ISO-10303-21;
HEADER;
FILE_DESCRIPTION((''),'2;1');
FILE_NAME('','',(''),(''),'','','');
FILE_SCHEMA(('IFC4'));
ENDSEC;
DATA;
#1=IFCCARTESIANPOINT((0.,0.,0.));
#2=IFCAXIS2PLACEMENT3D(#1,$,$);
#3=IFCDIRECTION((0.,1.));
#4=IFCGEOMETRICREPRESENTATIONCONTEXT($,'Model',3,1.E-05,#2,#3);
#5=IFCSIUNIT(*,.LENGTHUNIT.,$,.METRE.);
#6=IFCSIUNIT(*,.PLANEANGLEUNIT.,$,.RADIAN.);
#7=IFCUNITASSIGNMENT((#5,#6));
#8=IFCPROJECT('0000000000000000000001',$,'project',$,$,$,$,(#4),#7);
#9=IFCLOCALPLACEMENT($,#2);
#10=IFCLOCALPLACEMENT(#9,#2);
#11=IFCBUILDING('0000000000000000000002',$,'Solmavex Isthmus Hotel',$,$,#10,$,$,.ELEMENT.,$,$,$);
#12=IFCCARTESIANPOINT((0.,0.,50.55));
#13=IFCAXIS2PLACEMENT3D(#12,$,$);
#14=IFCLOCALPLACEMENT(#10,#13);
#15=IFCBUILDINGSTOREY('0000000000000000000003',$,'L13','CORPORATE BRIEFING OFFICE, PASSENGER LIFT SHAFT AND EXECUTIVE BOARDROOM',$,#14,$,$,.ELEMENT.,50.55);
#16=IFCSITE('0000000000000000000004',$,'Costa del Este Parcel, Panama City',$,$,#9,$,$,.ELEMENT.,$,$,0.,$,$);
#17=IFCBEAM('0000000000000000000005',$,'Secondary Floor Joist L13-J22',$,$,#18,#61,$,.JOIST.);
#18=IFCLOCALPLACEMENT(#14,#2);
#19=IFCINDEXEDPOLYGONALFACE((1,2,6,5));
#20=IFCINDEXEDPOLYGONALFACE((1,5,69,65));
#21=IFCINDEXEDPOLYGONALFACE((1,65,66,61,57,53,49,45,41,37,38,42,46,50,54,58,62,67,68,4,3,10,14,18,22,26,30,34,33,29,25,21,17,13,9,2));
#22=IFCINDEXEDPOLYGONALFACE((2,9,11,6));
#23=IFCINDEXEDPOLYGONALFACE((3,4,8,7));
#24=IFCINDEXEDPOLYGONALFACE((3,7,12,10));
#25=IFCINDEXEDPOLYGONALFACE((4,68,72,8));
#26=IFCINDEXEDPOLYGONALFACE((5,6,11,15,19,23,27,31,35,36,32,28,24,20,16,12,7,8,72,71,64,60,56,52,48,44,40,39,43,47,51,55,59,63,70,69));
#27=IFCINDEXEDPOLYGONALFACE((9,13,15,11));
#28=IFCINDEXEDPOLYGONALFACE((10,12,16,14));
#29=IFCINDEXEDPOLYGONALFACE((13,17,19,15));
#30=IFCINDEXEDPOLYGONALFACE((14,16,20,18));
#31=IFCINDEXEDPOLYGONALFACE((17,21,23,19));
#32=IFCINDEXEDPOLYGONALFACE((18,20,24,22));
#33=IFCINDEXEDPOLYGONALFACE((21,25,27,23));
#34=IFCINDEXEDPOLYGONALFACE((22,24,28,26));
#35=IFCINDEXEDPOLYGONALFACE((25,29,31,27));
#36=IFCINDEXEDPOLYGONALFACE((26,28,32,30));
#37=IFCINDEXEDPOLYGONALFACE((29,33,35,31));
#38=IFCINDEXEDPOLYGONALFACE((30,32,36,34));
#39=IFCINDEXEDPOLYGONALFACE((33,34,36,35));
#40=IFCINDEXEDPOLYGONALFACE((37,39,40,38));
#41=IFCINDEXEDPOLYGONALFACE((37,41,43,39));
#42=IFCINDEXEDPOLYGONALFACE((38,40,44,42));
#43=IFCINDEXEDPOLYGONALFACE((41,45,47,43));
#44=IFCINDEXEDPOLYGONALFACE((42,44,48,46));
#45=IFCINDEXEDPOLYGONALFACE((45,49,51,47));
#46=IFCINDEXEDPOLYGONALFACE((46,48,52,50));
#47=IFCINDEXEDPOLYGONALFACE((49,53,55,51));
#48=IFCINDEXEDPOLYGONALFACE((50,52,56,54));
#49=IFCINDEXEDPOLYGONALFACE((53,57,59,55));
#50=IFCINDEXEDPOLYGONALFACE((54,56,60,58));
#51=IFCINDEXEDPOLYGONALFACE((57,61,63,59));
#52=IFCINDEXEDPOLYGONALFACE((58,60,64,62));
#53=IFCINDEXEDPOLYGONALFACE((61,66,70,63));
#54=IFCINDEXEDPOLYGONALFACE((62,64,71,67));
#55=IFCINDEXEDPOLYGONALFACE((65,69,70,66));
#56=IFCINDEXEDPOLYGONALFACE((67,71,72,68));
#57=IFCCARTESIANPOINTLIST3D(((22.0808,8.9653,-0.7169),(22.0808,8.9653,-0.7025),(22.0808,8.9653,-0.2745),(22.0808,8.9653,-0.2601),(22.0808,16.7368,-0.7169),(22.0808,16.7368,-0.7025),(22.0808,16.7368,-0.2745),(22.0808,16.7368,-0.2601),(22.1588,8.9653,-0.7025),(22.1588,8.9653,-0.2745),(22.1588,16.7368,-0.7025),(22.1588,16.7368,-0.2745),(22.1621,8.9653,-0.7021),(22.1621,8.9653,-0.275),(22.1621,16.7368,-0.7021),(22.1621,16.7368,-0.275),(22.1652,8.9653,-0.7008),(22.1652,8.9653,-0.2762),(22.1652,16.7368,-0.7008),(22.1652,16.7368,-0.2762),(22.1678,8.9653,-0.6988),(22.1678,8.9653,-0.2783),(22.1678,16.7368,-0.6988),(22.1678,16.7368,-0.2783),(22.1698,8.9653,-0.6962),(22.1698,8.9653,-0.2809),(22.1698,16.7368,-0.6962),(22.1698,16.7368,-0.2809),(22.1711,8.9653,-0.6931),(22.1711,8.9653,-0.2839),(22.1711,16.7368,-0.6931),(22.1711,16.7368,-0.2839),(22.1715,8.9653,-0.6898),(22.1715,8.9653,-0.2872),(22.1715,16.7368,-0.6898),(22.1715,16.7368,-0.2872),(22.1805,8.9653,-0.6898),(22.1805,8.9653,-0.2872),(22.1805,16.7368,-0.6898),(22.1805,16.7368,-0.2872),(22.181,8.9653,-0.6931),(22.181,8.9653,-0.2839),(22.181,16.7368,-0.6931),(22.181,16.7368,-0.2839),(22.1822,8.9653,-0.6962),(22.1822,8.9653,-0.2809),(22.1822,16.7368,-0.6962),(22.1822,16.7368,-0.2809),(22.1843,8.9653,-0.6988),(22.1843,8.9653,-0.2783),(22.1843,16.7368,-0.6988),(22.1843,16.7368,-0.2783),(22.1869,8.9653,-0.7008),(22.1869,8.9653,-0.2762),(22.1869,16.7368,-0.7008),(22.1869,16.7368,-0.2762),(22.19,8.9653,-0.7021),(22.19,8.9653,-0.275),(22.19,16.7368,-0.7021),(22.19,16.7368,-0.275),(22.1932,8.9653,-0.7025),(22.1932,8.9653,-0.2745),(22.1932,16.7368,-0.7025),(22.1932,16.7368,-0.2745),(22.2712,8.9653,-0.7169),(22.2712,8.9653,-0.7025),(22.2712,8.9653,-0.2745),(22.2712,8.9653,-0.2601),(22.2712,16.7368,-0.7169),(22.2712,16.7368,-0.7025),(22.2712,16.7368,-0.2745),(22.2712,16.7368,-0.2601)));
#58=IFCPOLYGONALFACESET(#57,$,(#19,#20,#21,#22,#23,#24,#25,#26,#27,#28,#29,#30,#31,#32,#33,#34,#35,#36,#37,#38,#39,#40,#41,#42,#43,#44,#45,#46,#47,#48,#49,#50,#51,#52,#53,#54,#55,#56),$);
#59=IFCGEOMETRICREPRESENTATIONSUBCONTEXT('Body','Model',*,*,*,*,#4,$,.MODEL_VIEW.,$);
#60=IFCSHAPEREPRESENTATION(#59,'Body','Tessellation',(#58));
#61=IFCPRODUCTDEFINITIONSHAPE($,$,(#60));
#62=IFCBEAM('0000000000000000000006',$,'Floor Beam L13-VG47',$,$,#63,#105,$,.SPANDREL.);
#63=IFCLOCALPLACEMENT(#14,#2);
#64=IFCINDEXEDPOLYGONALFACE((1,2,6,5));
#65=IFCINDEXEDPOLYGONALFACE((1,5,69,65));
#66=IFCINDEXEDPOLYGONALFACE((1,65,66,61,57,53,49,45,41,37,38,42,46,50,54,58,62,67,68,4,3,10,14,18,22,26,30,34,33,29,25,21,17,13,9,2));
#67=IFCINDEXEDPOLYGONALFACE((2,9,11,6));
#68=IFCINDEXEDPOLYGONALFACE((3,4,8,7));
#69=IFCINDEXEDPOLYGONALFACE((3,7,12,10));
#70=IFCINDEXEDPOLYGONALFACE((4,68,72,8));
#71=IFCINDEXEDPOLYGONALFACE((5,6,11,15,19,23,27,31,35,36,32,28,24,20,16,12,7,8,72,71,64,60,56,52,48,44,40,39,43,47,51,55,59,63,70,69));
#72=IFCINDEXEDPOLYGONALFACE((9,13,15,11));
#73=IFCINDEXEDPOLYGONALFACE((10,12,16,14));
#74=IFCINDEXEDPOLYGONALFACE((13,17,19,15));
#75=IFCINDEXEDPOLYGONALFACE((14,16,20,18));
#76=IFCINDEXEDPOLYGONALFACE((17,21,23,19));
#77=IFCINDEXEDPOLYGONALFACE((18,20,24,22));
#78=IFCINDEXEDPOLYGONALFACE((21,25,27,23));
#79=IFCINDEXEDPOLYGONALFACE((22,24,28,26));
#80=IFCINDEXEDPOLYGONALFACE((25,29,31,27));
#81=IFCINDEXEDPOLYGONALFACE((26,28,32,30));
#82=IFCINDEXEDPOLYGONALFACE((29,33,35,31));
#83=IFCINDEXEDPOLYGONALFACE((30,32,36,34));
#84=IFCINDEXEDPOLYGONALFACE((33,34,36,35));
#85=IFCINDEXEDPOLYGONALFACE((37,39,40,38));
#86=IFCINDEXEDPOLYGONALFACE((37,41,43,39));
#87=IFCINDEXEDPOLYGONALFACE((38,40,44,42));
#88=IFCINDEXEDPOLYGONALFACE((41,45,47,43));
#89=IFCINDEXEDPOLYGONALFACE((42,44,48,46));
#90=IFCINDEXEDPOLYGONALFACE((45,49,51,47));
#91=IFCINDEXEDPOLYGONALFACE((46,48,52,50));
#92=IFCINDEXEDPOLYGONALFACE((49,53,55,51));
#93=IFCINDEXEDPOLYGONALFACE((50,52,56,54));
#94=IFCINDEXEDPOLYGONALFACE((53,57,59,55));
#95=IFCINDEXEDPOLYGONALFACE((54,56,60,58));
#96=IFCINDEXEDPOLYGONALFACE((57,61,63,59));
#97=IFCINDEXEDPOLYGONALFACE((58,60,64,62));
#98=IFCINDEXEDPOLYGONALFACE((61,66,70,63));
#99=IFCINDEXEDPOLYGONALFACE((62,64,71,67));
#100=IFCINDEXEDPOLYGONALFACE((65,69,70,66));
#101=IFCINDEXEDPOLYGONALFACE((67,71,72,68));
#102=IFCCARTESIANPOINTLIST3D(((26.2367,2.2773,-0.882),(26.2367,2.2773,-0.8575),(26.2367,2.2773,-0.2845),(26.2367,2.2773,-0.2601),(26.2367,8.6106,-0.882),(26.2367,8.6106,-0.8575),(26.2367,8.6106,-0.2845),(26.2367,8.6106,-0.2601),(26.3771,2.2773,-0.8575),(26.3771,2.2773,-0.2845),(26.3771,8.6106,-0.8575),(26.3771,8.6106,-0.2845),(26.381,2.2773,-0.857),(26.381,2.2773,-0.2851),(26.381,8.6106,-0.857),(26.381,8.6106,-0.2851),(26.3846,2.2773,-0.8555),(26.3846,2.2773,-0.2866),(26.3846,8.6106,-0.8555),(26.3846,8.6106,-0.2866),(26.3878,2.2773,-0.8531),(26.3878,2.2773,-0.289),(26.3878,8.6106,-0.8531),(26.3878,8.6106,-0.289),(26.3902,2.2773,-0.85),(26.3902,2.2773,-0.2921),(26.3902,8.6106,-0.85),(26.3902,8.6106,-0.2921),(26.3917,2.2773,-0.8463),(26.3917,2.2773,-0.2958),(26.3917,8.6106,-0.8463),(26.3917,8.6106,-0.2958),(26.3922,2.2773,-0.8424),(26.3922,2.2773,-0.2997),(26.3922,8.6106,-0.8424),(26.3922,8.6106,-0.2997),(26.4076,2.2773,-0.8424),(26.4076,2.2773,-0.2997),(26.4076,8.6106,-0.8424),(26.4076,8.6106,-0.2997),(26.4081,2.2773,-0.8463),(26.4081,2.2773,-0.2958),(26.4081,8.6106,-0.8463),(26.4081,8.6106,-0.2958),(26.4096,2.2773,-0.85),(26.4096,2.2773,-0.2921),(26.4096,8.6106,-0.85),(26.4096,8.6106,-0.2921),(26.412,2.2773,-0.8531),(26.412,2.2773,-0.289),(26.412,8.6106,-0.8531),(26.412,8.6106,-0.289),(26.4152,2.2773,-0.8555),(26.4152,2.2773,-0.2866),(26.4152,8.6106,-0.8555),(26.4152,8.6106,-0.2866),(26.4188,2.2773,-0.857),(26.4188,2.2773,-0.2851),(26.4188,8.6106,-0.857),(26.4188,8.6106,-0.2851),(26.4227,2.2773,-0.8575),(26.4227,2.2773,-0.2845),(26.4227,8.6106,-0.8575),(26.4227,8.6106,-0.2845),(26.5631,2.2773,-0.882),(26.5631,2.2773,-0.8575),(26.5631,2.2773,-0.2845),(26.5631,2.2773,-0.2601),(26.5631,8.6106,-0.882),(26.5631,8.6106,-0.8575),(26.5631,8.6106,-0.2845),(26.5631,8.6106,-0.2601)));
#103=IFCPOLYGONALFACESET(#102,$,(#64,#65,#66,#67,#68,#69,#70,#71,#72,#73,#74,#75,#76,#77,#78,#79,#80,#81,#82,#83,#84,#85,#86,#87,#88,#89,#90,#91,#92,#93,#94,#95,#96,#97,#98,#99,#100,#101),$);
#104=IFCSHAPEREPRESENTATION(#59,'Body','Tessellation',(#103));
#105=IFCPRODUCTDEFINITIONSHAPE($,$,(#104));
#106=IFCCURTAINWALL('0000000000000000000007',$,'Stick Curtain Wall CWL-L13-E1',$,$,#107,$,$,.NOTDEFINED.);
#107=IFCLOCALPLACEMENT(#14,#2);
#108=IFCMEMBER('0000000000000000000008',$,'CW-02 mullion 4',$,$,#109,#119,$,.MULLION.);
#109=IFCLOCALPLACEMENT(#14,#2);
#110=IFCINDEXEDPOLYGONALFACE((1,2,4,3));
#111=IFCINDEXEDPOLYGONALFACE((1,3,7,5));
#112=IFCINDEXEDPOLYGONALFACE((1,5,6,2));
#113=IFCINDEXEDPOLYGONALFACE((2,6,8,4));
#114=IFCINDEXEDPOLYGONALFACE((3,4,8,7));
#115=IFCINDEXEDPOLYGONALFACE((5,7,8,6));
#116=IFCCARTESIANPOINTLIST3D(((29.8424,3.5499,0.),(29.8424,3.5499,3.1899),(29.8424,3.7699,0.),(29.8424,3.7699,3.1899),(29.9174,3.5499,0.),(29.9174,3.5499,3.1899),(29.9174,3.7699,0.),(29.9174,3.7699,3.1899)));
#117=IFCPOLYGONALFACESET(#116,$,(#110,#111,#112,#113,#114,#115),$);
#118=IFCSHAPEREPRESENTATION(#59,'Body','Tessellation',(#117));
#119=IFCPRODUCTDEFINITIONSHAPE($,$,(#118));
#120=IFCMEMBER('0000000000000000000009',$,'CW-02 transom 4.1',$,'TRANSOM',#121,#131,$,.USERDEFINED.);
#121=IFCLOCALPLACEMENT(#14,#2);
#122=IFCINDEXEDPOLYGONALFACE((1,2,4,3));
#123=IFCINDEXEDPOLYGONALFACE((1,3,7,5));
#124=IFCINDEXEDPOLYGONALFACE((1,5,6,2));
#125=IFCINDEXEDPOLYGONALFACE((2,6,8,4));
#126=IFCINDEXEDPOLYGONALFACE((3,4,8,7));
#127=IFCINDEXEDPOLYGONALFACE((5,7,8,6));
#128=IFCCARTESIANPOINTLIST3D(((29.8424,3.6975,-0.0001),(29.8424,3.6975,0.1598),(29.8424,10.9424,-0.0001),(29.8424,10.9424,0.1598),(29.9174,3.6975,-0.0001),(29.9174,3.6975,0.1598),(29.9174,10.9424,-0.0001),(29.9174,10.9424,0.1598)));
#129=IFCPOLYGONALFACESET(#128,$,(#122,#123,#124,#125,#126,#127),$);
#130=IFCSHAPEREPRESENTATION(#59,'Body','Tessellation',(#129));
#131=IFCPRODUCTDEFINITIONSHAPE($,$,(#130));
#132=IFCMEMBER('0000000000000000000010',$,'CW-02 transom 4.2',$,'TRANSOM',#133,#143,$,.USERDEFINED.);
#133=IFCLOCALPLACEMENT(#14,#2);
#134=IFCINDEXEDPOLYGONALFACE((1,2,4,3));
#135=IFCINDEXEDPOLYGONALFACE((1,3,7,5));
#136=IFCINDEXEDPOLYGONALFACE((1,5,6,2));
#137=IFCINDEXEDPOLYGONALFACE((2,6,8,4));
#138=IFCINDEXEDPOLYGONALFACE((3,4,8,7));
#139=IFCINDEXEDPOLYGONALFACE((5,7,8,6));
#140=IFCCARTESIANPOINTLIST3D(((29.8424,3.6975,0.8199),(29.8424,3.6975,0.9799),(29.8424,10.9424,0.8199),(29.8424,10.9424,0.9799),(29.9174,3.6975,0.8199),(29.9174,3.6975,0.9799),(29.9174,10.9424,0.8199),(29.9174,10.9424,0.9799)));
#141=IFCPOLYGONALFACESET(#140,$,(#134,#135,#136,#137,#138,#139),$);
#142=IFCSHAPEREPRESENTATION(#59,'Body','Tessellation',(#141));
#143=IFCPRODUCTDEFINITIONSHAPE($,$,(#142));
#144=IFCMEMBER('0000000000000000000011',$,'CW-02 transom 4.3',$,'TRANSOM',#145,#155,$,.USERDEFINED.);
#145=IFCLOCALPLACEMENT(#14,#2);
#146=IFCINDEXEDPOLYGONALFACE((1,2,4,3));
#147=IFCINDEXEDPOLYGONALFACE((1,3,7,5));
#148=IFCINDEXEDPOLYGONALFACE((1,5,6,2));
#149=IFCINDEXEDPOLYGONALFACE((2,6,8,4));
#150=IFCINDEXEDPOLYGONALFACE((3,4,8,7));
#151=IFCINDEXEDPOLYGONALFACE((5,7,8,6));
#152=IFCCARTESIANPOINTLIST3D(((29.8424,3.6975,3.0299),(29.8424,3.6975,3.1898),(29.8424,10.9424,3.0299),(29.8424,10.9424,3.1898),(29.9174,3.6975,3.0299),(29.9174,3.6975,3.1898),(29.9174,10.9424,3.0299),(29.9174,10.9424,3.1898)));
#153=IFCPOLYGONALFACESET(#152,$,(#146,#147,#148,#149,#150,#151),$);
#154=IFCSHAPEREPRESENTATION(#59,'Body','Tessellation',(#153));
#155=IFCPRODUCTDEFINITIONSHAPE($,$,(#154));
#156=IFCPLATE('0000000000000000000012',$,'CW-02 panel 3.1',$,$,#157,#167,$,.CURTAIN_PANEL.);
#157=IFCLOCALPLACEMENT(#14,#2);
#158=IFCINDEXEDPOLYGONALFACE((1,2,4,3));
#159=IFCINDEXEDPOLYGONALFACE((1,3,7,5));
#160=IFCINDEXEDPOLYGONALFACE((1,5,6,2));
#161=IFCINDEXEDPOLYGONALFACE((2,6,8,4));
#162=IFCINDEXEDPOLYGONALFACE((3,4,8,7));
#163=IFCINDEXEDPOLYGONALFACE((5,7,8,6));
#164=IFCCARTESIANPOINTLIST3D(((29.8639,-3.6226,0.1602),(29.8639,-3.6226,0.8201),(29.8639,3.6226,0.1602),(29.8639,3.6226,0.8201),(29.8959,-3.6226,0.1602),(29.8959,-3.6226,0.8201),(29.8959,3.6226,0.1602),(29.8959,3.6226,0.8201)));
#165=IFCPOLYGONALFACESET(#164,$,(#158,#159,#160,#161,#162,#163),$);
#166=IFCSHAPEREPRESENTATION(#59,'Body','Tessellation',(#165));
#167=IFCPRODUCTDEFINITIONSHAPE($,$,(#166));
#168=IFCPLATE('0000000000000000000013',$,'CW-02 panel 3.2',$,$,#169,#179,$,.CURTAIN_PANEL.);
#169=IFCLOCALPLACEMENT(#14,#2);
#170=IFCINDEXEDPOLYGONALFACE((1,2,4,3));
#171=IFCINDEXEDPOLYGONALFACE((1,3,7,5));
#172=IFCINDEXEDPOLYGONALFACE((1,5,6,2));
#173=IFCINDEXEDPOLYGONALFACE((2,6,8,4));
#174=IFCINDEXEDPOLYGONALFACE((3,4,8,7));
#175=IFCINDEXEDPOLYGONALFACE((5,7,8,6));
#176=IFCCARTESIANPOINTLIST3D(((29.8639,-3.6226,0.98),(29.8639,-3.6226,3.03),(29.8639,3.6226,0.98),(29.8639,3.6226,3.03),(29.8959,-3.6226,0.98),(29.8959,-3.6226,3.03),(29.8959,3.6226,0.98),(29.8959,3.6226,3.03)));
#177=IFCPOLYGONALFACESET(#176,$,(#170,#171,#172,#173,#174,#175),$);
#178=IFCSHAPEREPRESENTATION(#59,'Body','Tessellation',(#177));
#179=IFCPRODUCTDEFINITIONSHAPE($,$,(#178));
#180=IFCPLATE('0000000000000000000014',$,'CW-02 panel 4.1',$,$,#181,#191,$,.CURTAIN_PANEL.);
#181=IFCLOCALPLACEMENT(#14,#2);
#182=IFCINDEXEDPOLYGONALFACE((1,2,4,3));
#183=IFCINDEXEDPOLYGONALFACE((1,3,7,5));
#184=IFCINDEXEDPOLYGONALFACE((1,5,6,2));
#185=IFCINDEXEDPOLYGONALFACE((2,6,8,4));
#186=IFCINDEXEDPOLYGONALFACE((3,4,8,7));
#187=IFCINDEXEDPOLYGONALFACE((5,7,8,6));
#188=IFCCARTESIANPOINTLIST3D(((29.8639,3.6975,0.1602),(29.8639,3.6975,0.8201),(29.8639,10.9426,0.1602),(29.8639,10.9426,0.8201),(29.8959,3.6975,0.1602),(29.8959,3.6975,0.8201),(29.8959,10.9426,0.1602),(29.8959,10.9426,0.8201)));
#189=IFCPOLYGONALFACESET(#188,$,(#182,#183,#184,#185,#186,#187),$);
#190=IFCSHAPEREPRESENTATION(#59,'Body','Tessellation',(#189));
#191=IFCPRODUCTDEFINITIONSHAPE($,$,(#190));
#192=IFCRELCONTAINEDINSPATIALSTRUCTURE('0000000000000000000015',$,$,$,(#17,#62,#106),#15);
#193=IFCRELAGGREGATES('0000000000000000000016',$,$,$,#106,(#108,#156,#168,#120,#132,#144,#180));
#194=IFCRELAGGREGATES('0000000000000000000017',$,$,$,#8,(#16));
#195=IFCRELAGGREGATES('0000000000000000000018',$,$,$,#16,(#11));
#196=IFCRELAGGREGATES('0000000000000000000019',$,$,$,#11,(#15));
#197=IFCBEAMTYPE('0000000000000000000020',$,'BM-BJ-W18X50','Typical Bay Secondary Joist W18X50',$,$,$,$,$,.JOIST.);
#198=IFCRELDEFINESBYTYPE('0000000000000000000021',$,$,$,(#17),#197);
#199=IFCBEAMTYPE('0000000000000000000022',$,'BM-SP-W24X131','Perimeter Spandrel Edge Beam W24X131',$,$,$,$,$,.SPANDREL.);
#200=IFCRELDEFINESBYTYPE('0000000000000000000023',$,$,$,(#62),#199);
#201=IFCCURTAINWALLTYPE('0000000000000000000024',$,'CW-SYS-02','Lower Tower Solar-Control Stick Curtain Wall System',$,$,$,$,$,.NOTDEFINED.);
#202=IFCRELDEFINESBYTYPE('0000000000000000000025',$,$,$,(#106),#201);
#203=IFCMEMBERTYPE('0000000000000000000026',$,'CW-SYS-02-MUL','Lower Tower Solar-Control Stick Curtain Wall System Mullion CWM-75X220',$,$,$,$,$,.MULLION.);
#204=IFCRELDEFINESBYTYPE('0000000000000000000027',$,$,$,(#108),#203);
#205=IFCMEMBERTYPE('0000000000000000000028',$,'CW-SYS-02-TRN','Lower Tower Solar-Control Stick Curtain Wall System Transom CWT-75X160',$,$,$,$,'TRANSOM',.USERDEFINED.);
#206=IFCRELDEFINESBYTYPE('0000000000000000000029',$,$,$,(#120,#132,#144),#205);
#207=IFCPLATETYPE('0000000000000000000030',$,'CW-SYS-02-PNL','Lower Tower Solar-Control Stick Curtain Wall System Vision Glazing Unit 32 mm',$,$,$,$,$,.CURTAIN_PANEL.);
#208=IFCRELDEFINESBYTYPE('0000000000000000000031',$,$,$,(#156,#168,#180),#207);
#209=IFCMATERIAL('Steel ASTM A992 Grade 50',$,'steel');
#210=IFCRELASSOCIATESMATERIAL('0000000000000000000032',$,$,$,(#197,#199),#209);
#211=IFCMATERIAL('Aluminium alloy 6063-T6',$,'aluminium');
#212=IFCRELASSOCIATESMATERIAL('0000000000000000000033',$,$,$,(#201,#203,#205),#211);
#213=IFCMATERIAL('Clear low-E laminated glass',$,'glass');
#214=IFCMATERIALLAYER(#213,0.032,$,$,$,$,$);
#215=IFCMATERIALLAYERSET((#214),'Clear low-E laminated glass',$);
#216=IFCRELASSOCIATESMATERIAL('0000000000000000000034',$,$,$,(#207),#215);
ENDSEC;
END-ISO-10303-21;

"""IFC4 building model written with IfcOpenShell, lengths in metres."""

from ifc_helpers import new_model, si_unit, direction, frame, origin, origin_2d, place, context, subcontext, project, spatial, rectangle, i_section, extrude, material, layer, layer_set, material_profile, profile_set, type_object, element, aggregate, save


model = new_model("IFC4")

# Units and contexts
model_context = context("Model", 3, precision=1e-05, world=origin(), true_north=direction((0.0, 1.0)))
body_context = subcontext(model_context, "Body", "Model", "MODEL_VIEW")
ifc_project = project(units=[si_unit("LENGTHUNIT", "METRE"), si_unit("PLANEANGLEUNIT", "RADIAN")], contexts=[model_context])

# Site, building, storey
site_placement = place(None, origin())
site = spatial("IfcSite", under=ifc_project, at=site_placement, Name="Costa del Este Parcel, Panama City", CompositionType="ELEMENT", RefElevation=0.0)
building_placement = place(site_placement, origin())
building = spatial("IfcBuilding", under=site, at=building_placement, Name="Solmavex Isthmus Hotel", CompositionType="ELEMENT")
storey_placement = place(building_placement, frame((0.0, 0.0, 50.55)))
storey = spatial("IfcBuildingStorey", under=building, at=storey_placement, Name="L13", Description="CORPORATE BRIEFING OFFICE, PASSENGER LIFT SHAFT AND EXECUTIVE BOARDROOM", CompositionType="ELEMENT", Elevation=50.55)

# Beams
ifc_material_1 = material(Name="Steel ASTM A992 Grade 50", Category="steel")
ifc_material_profile_1 = material_profile(ifc_material_1, i_section(OverallWidth=0.1904, OverallDepth=0.4568, WebThickness=0.009, FlangeThickness=0.0144, FilletRadius=0.0127, at=origin_2d()), Name="W18X50")
ifc_profile_set_1 = profile_set([ifc_material_profile_1], Name="Steel ASTM A992 Grade 50")
beam_type_1 = type_object("IfcBeamType", Name="BM-BJ-W18X50", Description="Typical Bay Secondary Joist W18X50", PredefinedType="JOIST", material=ifc_profile_set_1)
beam_1_placement = place(storey_placement, frame((22.176, 8.9653, -0.4885), z_axis=(0.0, 1.0, 0.0), x_axis=(-1.0, 0.0, 0.0)))
element("IfcBeam", 1, at=beam_1_placement, inside=storey, type_object=beam_type_1, Name="Secondary Floor Joist L13-J22", PredefinedType="JOIST", context=body_context, shape_type="SweptSolid", body=[
    extrude(i_section(OverallWidth=0.1904, OverallDepth=0.4568, WebThickness=0.009, FlangeThickness=0.0144, FilletRadius=0.0127, at=origin_2d()), origin(), (0.0, 0.0, 1.0), 7.7715),
])
ifc_material_profile_2 = material_profile(ifc_material_1, i_section(OverallWidth=0.3264, OverallDepth=0.6218, WebThickness=0.0154, FlangeThickness=0.0244, FilletRadius=0.0151, at=origin_2d()), Name="W24X131")
ifc_profile_set_2 = profile_set([ifc_material_profile_2], Name="Steel ASTM A992 Grade 50")
beam_type_2 = type_object("IfcBeamType", Name="BM-SP-W24X131", Description="Perimeter Spandrel Edge Beam W24X131", PredefinedType="SPANDREL", material=ifc_profile_set_2)
beam_2_placement = place(storey_placement, frame((26.3999, 2.2773, -0.571), z_axis=(0.0, 1.0, 0.0), x_axis=(-1.0, 0.0, 0.0)))
element("IfcBeam", 2, at=beam_2_placement, inside=storey, type_object=beam_type_2, Name="Floor Beam L13-VG47", PredefinedType="SPANDREL", context=body_context, shape_type="SweptSolid", body=[
    extrude(i_section(OverallWidth=0.3264, OverallDepth=0.6218, WebThickness=0.0154, FlangeThickness=0.0244, FilletRadius=0.0151, at=origin_2d()), origin(), (0.0, 0.0, 1.0), 6.3333),
])

# Curtain wall, members, plates
ifc_material_2 = material(Name="Aluminium alloy 6063-T6", Category="aluminium")
curtain_wall_type = type_object("IfcCurtainWallType", Name="CW-SYS-02", Description="Lower Tower Solar-Control Stick Curtain Wall System", PredefinedType="NOTDEFINED", material=ifc_material_2)
curtain_wall_placement = place(storey_placement, origin())
curtain_wall = element("IfcCurtainWall", 3, at=curtain_wall_placement, inside=storey, type_object=curtain_wall_type, Name="Stick Curtain Wall CWL-L13-E1", PredefinedType="NOTDEFINED")
ifc_material_profile_3 = material_profile(ifc_material_2, rectangle(XDim=0.075, YDim=0.22, at=origin_2d()), Name="CWM-75X220")
ifc_profile_set_3 = profile_set([ifc_material_profile_3], Name="Aluminium alloy 6063-T6")
member_type_1 = type_object("IfcMemberType", Name="CW-SYS-02-MUL", Description="Lower Tower Solar-Control Stick Curtain Wall System Mullion CWM-75X220", PredefinedType="MULLION", material=ifc_profile_set_3)
member_1_placement = place(storey_placement, frame((29.8799, 3.6599, 0.0), z_axis=(0.0, 0.0, 1.0), x_axis=(-1.0, 0.0, 0.0)))
member_1 = element("IfcMember", 4, at=member_1_placement, type_object=member_type_1, Name="CW-02 mullion 4", PredefinedType="MULLION", context=body_context, shape_type="SweptSolid", body=[
    extrude(rectangle(XDim=0.075, YDim=0.22, at=origin_2d()), origin(), (0.0, 0.0, 1.0), 3.1899),
])
ifc_material_profile_4 = material_profile(ifc_material_2, rectangle(XDim=0.075, YDim=0.1599, at=origin_2d()), Name="CWT-75X160")
ifc_profile_set_4 = profile_set([ifc_material_profile_4], Name="Aluminium alloy 6063-T6")
member_type_2 = type_object("IfcMemberType", Name="CW-SYS-02-TRN", Description="Lower Tower Solar-Control Stick Curtain Wall System Transom CWT-75X160", ElementType="TRANSOM", PredefinedType="USERDEFINED", material=ifc_profile_set_4)
member_2_placement = place(storey_placement, frame((29.8799, 3.6975, 0.0798), z_axis=(0.0, 1.0, 0.0), x_axis=(-1.0, 0.0, 0.0)))
member_2 = element("IfcMember", 5, at=member_2_placement, type_object=member_type_2, Name="CW-02 transom 4.1", ObjectType="TRANSOM", PredefinedType="USERDEFINED", context=body_context, shape_type="SweptSolid", body=[
    extrude(rectangle(XDim=0.075, YDim=0.1599, at=origin_2d()), origin(), (0.0, 0.0, 1.0), 7.2449),
])
member_3_placement = place(storey_placement, frame((29.8799, 3.6975, 0.8999), z_axis=(0.0, 1.0, 0.0), x_axis=(-1.0, 0.0, 0.0)))
member_3 = element("IfcMember", 6, at=member_3_placement, type_object=member_type_2, Name="CW-02 transom 4.2", ObjectType="TRANSOM", PredefinedType="USERDEFINED", context=body_context, shape_type="SweptSolid", body=[
    extrude(rectangle(XDim=0.075, YDim=0.1599, at=origin_2d()), origin(), (0.0, 0.0, 1.0), 7.2449),
])
member_4_placement = place(storey_placement, frame((29.8799, 3.6975, 3.1099), z_axis=(0.0, 1.0, 0.0), x_axis=(-1.0, 0.0, 0.0)))
member_4 = element("IfcMember", 7, at=member_4_placement, type_object=member_type_2, Name="CW-02 transom 4.3", ObjectType="TRANSOM", PredefinedType="USERDEFINED", context=body_context, shape_type="SweptSolid", body=[
    extrude(rectangle(XDim=0.075, YDim=0.1599, at=origin_2d()), origin(), (0.0, 0.0, 1.0), 7.2449),
])
ifc_material_3 = material(Name="Clear low-E laminated glass", Category="glass")
ifc_layer_1 = layer(ifc_material_3, 0.032)
ifc_layer_set_1 = layer_set([ifc_layer_1], Name="Clear low-E laminated glass")
plate_type = type_object("IfcPlateType", Name="CW-SYS-02-PNL", Description="Lower Tower Solar-Control Stick Curtain Wall System Vision Glazing Unit 32 mm", PredefinedType="CURTAIN_PANEL", material=ifc_layer_set_1)
plate_1_placement = place(storey_placement, frame((29.8799, 0.0, 0.1602), z_axis=(0.0, 0.0, 1.0), x_axis=(0.0, 1.0, 0.0)))
plate_1 = element("IfcPlate", 8, at=plate_1_placement, type_object=plate_type, Name="CW-02 panel 3.1", PredefinedType="CURTAIN_PANEL", context=body_context, shape_type="SweptSolid", body=[
    extrude(rectangle(XDim=7.2451, YDim=0.032, at=origin_2d()), origin(), (0.0, 0.0, 1.0), 0.6599),
])
plate_2_placement = place(storey_placement, frame((29.8799, 0.0, 0.98), z_axis=(0.0, 0.0, 1.0), x_axis=(0.0, 1.0, 0.0)))
plate_2 = element("IfcPlate", 9, at=plate_2_placement, type_object=plate_type, Name="CW-02 panel 3.2", PredefinedType="CURTAIN_PANEL", context=body_context, shape_type="SweptSolid", body=[
    extrude(rectangle(XDim=7.2451, YDim=0.032, at=origin_2d()), origin(), (0.0, 0.0, 1.0), 2.05),
])
plate_3_placement = place(storey_placement, frame((29.8799, 7.3201, 0.1602), z_axis=(0.0, 0.0, 1.0), x_axis=(0.0, 1.0, 0.0)))
plate_3 = element("IfcPlate", 10, at=plate_3_placement, type_object=plate_type, Name="CW-02 panel 4.1", PredefinedType="CURTAIN_PANEL", context=body_context, shape_type="SweptSolid", body=[
    extrude(rectangle(XDim=7.2451, YDim=0.032, at=origin_2d()), origin(), (0.0, 0.0, 1.0), 0.6599),
])
aggregate(curtain_wall, [member_1, plate_1, plate_2, member_2, member_3, member_4, plate_3])

save(model, "model.ifc")
